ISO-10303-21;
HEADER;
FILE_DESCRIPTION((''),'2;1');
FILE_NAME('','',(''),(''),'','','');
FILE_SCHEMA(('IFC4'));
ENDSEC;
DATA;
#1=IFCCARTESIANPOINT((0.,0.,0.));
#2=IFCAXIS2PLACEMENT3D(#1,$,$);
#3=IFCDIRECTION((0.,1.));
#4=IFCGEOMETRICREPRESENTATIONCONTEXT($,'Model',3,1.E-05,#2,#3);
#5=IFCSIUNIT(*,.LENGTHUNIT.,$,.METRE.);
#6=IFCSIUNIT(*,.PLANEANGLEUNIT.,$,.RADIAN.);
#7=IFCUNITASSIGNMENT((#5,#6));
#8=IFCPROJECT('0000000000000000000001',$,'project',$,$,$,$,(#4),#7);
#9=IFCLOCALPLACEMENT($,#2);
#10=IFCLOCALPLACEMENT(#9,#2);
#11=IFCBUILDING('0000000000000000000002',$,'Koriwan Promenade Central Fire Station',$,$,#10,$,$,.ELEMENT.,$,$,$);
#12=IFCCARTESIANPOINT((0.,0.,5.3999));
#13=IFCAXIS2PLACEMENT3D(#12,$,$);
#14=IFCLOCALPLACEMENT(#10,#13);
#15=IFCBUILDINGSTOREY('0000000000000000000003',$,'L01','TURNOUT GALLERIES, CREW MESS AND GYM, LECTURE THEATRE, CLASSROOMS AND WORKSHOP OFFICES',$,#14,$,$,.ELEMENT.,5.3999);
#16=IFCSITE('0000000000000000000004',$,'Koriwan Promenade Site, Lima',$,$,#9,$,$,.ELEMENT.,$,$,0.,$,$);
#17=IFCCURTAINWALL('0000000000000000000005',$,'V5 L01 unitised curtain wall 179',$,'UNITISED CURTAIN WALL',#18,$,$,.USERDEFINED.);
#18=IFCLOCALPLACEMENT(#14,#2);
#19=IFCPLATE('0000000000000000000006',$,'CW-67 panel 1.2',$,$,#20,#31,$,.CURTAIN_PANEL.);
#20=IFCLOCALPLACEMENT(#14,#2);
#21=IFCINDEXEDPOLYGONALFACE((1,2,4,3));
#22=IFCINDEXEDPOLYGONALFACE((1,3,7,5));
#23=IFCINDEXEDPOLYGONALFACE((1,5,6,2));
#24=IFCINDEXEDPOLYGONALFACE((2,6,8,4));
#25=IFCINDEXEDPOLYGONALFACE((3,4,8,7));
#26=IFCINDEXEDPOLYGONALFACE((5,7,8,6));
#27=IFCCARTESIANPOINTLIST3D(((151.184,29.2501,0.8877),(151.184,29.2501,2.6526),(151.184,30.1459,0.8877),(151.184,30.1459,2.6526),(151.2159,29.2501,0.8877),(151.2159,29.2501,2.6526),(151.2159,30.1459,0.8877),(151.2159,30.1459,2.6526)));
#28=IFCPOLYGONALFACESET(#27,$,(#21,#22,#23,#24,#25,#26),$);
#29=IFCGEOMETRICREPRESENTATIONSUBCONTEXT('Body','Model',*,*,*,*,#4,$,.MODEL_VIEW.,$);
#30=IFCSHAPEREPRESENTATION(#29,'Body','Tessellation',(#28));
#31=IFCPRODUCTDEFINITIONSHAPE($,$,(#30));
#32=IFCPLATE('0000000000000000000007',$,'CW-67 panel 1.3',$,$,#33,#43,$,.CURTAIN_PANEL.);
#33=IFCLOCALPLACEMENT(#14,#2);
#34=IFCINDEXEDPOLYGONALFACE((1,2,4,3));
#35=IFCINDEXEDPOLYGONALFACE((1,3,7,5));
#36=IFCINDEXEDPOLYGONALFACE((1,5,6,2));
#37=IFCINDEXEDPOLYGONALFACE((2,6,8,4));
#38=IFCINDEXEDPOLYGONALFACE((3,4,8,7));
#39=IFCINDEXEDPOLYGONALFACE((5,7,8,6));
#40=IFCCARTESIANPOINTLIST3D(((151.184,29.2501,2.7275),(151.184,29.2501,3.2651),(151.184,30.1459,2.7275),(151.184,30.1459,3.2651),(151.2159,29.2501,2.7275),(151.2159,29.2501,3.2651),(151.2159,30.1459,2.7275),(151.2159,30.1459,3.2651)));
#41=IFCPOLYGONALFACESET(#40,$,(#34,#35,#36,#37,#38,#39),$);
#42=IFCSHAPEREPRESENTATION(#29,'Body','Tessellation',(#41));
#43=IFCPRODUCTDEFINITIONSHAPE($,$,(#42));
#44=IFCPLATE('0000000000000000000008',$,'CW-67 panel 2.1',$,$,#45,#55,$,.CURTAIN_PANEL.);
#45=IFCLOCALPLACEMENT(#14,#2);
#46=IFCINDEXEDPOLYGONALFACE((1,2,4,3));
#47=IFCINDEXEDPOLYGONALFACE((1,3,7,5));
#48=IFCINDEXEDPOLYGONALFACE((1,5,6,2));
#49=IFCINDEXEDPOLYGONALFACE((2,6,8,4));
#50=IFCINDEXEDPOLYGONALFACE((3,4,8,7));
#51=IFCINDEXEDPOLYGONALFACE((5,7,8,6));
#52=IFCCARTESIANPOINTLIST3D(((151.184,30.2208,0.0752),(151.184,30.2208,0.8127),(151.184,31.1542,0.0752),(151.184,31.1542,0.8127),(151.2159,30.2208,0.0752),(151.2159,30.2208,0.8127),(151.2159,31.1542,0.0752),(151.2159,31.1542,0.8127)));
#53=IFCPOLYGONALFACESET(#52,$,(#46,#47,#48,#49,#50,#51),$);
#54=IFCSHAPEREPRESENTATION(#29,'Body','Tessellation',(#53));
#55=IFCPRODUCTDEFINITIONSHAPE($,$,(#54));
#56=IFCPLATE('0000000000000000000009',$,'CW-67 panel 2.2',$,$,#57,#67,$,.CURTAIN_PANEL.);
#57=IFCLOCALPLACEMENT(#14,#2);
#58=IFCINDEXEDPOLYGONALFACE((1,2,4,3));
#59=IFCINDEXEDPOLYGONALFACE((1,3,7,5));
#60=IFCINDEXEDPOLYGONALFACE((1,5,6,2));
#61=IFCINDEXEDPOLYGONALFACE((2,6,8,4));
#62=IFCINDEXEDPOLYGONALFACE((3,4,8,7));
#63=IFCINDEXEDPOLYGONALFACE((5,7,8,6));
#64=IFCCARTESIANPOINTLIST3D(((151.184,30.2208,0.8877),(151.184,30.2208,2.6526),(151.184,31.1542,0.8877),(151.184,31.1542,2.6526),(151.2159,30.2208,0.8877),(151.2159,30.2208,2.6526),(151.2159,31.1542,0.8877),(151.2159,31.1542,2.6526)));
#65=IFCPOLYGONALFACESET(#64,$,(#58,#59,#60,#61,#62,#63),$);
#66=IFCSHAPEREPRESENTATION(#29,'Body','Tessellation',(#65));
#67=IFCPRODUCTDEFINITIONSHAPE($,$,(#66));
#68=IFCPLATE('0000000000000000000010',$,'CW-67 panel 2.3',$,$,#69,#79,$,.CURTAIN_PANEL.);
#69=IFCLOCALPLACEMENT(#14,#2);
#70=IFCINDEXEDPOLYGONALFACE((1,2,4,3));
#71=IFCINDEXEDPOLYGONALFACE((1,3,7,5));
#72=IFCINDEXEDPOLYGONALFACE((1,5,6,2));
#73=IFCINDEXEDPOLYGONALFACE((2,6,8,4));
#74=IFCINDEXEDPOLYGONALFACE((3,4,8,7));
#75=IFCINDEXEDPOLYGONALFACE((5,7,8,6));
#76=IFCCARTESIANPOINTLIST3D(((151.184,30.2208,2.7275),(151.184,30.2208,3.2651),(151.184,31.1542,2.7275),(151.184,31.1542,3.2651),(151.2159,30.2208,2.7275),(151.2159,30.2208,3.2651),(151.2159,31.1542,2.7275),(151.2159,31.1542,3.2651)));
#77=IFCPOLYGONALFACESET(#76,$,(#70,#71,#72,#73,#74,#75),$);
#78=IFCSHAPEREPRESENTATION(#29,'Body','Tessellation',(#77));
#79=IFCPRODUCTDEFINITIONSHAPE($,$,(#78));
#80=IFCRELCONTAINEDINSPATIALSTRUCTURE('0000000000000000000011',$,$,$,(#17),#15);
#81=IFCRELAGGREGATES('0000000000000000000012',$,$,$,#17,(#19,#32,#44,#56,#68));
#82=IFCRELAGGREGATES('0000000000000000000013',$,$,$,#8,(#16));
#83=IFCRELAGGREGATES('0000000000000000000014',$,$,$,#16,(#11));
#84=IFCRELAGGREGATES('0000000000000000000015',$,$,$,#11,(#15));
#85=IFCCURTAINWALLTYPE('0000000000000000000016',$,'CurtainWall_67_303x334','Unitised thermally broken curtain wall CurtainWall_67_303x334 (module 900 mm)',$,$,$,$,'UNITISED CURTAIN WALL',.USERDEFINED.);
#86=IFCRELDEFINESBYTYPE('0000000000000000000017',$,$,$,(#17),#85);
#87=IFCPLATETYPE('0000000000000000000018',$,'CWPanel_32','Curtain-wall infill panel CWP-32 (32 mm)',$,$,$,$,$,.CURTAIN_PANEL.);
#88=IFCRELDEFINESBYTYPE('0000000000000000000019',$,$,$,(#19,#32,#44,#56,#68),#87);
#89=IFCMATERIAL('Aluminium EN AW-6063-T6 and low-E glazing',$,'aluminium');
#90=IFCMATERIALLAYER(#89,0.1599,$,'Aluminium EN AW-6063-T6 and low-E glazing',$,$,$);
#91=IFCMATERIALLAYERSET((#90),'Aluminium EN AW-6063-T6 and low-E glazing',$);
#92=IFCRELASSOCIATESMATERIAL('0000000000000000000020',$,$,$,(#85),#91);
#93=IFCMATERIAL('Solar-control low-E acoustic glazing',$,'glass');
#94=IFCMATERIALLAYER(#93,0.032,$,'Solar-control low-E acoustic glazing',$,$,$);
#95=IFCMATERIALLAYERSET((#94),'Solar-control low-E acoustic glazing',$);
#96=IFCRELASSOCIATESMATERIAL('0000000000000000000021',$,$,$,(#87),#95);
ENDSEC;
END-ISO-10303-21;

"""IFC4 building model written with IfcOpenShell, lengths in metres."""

from ifc_helpers import new_model, si_unit, direction, frame, origin, origin_2d, place, context, subcontext, project, spatial, rectangle, extrude, material, layer, layer_set, type_object, element, aggregate, save


model = new_model("IFC4")

# Units and contexts
model_context = context("Model", 3, precision=1e-05, world=origin(), true_north=direction((0.0, 1.0)))
body_context = subcontext(model_context, "Body", "Model", "MODEL_VIEW")
ifc_project = project(units=[si_unit("LENGTHUNIT", "METRE"), si_unit("PLANEANGLEUNIT", "RADIAN")], contexts=[model_context])

# Site, building, storey
site_placement = place(None, origin())
site = spatial("IfcSite", under=ifc_project, at=site_placement, Name="Koriwan Promenade Site, Lima", CompositionType="ELEMENT", RefElevation=0.0)
building_placement = place(site_placement, origin())
building = spatial("IfcBuilding", under=site, at=building_placement, Name="Koriwan Promenade Central Fire Station", CompositionType="ELEMENT")
storey_placement = place(building_placement, frame((0.0, 0.0, 5.3999)))
storey = spatial("IfcBuildingStorey", under=building, at=storey_placement, Name="L01", Description="TURNOUT GALLERIES, CREW MESS AND GYM, LECTURE THEATRE, CLASSROOMS AND WORKSHOP OFFICES", CompositionType="ELEMENT", Elevation=5.3999)

# Curtain wall
ifc_material_1 = material(Name="Aluminium EN AW-6063-T6 and low-E glazing", Category="aluminium")
ifc_layer_1 = layer(ifc_material_1, 0.1599, Name="Aluminium EN AW-6063-T6 and low-E glazing")
ifc_layer_set_1 = layer_set([ifc_layer_1], Name="Aluminium EN AW-6063-T6 and low-E glazing")
curtain_wall_type_1 = type_object("IfcCurtainWallType", Name="CurtainWall_67_303x334", Description="Unitised thermally broken curtain wall CurtainWall_67_303x334 (module 900 mm)", ElementType="UNITISED CURTAIN WALL", PredefinedType="USERDEFINED", material=ifc_layer_set_1)
curtain_wall_1_placement = place(storey_placement, origin())
curtain_wall_1 = element("IfcCurtainWall", 1, at=curtain_wall_1_placement, inside=storey, type_object=curtain_wall_type_1, Name="V5 L01 unitised curtain wall 179", ObjectType="UNITISED CURTAIN WALL", PredefinedType="USERDEFINED")

# Plates
ifc_material_2 = material(Name="Solar-control low-E acoustic glazing", Category="glass")
ifc_layer_2 = layer(ifc_material_2, 0.032, Name="Solar-control low-E acoustic glazing")
ifc_layer_set_2 = layer_set([ifc_layer_2], Name="Solar-control low-E acoustic glazing")
plate_type = type_object("IfcPlateType", Name="CWPanel_32", Description="Curtain-wall infill panel CWP-32 (32 mm)", PredefinedType="CURTAIN_PANEL", material=ifc_layer_set_2)
plate_1_placement = place(storey_placement, frame((151.2, 29.698, 0.8877), z_axis=(0.0, 0.0, 1.0), x_axis=(0.0, 1.0, 0.0)))
plate_1 = element("IfcPlate", 2, at=plate_1_placement, type_object=plate_type, Name="CW-67 panel 1.2", PredefinedType="CURTAIN_PANEL", context=body_context, shape_type="SweptSolid", body=[
    extrude(rectangle(XDim=0.8958, YDim=0.032, at=origin_2d()), origin(), (0.0, 0.0, 1.0), 1.7649),
])
plate_2_placement = place(storey_placement, frame((151.2, 29.698, 2.7275), z_axis=(0.0, 0.0, 1.0), x_axis=(0.0, 1.0, 0.0)))
plate_2 = element("IfcPlate", 3, at=plate_2_placement, type_object=plate_type, Name="CW-67 panel 1.3", PredefinedType="CURTAIN_PANEL", context=body_context, shape_type="SweptSolid", body=[
    extrude(rectangle(XDim=0.8958, YDim=0.032, at=origin_2d()), origin(), (0.0, 0.0, 1.0), 0.5376),
])
plate_3_placement = place(storey_placement, frame((151.2, 30.6875, 0.0752), z_axis=(0.0, 0.0, 1.0), x_axis=(0.0, 1.0, 0.0)))
plate_3 = element("IfcPlate", 4, at=plate_3_placement, type_object=plate_type, Name="CW-67 panel 2.1", PredefinedType="CURTAIN_PANEL", context=body_context, shape_type="SweptSolid", body=[
    extrude(rectangle(XDim=0.9333, YDim=0.032, at=origin_2d()), origin(), (0.0, 0.0, 1.0), 0.7375),
])
plate_4_placement = place(storey_placement, frame((151.2, 30.6875, 0.8877), z_axis=(0.0, 0.0, 1.0), x_axis=(0.0, 1.0, 0.0)))
plate_4 = element("IfcPlate", 5, at=plate_4_placement, type_object=plate_type, Name="CW-67 panel 2.2", PredefinedType="CURTAIN_PANEL", context=body_context, shape_type="SweptSolid", body=[
    extrude(rectangle(XDim=0.9333, YDim=0.032, at=origin_2d()), origin(), (0.0, 0.0, 1.0), 1.7649),
])
plate_5_placement = place(storey_placement, frame((151.2, 30.6875, 2.7275), z_axis=(0.0, 0.0, 1.0), x_axis=(0.0, 1.0, 0.0)))
plate_5 = element("IfcPlate", 6, at=plate_5_placement, type_object=plate_type, Name="CW-67 panel 2.3", PredefinedType="CURTAIN_PANEL", context=body_context, shape_type="SweptSolid", body=[
    extrude(rectangle(XDim=0.9333, YDim=0.032, at=origin_2d()), origin(), (0.0, 0.0, 1.0), 0.5376),
])
aggregate(curtain_wall_1, [plate_1, plate_2, plate_3, plate_4, plate_5])

save(model, "model.ifc")
